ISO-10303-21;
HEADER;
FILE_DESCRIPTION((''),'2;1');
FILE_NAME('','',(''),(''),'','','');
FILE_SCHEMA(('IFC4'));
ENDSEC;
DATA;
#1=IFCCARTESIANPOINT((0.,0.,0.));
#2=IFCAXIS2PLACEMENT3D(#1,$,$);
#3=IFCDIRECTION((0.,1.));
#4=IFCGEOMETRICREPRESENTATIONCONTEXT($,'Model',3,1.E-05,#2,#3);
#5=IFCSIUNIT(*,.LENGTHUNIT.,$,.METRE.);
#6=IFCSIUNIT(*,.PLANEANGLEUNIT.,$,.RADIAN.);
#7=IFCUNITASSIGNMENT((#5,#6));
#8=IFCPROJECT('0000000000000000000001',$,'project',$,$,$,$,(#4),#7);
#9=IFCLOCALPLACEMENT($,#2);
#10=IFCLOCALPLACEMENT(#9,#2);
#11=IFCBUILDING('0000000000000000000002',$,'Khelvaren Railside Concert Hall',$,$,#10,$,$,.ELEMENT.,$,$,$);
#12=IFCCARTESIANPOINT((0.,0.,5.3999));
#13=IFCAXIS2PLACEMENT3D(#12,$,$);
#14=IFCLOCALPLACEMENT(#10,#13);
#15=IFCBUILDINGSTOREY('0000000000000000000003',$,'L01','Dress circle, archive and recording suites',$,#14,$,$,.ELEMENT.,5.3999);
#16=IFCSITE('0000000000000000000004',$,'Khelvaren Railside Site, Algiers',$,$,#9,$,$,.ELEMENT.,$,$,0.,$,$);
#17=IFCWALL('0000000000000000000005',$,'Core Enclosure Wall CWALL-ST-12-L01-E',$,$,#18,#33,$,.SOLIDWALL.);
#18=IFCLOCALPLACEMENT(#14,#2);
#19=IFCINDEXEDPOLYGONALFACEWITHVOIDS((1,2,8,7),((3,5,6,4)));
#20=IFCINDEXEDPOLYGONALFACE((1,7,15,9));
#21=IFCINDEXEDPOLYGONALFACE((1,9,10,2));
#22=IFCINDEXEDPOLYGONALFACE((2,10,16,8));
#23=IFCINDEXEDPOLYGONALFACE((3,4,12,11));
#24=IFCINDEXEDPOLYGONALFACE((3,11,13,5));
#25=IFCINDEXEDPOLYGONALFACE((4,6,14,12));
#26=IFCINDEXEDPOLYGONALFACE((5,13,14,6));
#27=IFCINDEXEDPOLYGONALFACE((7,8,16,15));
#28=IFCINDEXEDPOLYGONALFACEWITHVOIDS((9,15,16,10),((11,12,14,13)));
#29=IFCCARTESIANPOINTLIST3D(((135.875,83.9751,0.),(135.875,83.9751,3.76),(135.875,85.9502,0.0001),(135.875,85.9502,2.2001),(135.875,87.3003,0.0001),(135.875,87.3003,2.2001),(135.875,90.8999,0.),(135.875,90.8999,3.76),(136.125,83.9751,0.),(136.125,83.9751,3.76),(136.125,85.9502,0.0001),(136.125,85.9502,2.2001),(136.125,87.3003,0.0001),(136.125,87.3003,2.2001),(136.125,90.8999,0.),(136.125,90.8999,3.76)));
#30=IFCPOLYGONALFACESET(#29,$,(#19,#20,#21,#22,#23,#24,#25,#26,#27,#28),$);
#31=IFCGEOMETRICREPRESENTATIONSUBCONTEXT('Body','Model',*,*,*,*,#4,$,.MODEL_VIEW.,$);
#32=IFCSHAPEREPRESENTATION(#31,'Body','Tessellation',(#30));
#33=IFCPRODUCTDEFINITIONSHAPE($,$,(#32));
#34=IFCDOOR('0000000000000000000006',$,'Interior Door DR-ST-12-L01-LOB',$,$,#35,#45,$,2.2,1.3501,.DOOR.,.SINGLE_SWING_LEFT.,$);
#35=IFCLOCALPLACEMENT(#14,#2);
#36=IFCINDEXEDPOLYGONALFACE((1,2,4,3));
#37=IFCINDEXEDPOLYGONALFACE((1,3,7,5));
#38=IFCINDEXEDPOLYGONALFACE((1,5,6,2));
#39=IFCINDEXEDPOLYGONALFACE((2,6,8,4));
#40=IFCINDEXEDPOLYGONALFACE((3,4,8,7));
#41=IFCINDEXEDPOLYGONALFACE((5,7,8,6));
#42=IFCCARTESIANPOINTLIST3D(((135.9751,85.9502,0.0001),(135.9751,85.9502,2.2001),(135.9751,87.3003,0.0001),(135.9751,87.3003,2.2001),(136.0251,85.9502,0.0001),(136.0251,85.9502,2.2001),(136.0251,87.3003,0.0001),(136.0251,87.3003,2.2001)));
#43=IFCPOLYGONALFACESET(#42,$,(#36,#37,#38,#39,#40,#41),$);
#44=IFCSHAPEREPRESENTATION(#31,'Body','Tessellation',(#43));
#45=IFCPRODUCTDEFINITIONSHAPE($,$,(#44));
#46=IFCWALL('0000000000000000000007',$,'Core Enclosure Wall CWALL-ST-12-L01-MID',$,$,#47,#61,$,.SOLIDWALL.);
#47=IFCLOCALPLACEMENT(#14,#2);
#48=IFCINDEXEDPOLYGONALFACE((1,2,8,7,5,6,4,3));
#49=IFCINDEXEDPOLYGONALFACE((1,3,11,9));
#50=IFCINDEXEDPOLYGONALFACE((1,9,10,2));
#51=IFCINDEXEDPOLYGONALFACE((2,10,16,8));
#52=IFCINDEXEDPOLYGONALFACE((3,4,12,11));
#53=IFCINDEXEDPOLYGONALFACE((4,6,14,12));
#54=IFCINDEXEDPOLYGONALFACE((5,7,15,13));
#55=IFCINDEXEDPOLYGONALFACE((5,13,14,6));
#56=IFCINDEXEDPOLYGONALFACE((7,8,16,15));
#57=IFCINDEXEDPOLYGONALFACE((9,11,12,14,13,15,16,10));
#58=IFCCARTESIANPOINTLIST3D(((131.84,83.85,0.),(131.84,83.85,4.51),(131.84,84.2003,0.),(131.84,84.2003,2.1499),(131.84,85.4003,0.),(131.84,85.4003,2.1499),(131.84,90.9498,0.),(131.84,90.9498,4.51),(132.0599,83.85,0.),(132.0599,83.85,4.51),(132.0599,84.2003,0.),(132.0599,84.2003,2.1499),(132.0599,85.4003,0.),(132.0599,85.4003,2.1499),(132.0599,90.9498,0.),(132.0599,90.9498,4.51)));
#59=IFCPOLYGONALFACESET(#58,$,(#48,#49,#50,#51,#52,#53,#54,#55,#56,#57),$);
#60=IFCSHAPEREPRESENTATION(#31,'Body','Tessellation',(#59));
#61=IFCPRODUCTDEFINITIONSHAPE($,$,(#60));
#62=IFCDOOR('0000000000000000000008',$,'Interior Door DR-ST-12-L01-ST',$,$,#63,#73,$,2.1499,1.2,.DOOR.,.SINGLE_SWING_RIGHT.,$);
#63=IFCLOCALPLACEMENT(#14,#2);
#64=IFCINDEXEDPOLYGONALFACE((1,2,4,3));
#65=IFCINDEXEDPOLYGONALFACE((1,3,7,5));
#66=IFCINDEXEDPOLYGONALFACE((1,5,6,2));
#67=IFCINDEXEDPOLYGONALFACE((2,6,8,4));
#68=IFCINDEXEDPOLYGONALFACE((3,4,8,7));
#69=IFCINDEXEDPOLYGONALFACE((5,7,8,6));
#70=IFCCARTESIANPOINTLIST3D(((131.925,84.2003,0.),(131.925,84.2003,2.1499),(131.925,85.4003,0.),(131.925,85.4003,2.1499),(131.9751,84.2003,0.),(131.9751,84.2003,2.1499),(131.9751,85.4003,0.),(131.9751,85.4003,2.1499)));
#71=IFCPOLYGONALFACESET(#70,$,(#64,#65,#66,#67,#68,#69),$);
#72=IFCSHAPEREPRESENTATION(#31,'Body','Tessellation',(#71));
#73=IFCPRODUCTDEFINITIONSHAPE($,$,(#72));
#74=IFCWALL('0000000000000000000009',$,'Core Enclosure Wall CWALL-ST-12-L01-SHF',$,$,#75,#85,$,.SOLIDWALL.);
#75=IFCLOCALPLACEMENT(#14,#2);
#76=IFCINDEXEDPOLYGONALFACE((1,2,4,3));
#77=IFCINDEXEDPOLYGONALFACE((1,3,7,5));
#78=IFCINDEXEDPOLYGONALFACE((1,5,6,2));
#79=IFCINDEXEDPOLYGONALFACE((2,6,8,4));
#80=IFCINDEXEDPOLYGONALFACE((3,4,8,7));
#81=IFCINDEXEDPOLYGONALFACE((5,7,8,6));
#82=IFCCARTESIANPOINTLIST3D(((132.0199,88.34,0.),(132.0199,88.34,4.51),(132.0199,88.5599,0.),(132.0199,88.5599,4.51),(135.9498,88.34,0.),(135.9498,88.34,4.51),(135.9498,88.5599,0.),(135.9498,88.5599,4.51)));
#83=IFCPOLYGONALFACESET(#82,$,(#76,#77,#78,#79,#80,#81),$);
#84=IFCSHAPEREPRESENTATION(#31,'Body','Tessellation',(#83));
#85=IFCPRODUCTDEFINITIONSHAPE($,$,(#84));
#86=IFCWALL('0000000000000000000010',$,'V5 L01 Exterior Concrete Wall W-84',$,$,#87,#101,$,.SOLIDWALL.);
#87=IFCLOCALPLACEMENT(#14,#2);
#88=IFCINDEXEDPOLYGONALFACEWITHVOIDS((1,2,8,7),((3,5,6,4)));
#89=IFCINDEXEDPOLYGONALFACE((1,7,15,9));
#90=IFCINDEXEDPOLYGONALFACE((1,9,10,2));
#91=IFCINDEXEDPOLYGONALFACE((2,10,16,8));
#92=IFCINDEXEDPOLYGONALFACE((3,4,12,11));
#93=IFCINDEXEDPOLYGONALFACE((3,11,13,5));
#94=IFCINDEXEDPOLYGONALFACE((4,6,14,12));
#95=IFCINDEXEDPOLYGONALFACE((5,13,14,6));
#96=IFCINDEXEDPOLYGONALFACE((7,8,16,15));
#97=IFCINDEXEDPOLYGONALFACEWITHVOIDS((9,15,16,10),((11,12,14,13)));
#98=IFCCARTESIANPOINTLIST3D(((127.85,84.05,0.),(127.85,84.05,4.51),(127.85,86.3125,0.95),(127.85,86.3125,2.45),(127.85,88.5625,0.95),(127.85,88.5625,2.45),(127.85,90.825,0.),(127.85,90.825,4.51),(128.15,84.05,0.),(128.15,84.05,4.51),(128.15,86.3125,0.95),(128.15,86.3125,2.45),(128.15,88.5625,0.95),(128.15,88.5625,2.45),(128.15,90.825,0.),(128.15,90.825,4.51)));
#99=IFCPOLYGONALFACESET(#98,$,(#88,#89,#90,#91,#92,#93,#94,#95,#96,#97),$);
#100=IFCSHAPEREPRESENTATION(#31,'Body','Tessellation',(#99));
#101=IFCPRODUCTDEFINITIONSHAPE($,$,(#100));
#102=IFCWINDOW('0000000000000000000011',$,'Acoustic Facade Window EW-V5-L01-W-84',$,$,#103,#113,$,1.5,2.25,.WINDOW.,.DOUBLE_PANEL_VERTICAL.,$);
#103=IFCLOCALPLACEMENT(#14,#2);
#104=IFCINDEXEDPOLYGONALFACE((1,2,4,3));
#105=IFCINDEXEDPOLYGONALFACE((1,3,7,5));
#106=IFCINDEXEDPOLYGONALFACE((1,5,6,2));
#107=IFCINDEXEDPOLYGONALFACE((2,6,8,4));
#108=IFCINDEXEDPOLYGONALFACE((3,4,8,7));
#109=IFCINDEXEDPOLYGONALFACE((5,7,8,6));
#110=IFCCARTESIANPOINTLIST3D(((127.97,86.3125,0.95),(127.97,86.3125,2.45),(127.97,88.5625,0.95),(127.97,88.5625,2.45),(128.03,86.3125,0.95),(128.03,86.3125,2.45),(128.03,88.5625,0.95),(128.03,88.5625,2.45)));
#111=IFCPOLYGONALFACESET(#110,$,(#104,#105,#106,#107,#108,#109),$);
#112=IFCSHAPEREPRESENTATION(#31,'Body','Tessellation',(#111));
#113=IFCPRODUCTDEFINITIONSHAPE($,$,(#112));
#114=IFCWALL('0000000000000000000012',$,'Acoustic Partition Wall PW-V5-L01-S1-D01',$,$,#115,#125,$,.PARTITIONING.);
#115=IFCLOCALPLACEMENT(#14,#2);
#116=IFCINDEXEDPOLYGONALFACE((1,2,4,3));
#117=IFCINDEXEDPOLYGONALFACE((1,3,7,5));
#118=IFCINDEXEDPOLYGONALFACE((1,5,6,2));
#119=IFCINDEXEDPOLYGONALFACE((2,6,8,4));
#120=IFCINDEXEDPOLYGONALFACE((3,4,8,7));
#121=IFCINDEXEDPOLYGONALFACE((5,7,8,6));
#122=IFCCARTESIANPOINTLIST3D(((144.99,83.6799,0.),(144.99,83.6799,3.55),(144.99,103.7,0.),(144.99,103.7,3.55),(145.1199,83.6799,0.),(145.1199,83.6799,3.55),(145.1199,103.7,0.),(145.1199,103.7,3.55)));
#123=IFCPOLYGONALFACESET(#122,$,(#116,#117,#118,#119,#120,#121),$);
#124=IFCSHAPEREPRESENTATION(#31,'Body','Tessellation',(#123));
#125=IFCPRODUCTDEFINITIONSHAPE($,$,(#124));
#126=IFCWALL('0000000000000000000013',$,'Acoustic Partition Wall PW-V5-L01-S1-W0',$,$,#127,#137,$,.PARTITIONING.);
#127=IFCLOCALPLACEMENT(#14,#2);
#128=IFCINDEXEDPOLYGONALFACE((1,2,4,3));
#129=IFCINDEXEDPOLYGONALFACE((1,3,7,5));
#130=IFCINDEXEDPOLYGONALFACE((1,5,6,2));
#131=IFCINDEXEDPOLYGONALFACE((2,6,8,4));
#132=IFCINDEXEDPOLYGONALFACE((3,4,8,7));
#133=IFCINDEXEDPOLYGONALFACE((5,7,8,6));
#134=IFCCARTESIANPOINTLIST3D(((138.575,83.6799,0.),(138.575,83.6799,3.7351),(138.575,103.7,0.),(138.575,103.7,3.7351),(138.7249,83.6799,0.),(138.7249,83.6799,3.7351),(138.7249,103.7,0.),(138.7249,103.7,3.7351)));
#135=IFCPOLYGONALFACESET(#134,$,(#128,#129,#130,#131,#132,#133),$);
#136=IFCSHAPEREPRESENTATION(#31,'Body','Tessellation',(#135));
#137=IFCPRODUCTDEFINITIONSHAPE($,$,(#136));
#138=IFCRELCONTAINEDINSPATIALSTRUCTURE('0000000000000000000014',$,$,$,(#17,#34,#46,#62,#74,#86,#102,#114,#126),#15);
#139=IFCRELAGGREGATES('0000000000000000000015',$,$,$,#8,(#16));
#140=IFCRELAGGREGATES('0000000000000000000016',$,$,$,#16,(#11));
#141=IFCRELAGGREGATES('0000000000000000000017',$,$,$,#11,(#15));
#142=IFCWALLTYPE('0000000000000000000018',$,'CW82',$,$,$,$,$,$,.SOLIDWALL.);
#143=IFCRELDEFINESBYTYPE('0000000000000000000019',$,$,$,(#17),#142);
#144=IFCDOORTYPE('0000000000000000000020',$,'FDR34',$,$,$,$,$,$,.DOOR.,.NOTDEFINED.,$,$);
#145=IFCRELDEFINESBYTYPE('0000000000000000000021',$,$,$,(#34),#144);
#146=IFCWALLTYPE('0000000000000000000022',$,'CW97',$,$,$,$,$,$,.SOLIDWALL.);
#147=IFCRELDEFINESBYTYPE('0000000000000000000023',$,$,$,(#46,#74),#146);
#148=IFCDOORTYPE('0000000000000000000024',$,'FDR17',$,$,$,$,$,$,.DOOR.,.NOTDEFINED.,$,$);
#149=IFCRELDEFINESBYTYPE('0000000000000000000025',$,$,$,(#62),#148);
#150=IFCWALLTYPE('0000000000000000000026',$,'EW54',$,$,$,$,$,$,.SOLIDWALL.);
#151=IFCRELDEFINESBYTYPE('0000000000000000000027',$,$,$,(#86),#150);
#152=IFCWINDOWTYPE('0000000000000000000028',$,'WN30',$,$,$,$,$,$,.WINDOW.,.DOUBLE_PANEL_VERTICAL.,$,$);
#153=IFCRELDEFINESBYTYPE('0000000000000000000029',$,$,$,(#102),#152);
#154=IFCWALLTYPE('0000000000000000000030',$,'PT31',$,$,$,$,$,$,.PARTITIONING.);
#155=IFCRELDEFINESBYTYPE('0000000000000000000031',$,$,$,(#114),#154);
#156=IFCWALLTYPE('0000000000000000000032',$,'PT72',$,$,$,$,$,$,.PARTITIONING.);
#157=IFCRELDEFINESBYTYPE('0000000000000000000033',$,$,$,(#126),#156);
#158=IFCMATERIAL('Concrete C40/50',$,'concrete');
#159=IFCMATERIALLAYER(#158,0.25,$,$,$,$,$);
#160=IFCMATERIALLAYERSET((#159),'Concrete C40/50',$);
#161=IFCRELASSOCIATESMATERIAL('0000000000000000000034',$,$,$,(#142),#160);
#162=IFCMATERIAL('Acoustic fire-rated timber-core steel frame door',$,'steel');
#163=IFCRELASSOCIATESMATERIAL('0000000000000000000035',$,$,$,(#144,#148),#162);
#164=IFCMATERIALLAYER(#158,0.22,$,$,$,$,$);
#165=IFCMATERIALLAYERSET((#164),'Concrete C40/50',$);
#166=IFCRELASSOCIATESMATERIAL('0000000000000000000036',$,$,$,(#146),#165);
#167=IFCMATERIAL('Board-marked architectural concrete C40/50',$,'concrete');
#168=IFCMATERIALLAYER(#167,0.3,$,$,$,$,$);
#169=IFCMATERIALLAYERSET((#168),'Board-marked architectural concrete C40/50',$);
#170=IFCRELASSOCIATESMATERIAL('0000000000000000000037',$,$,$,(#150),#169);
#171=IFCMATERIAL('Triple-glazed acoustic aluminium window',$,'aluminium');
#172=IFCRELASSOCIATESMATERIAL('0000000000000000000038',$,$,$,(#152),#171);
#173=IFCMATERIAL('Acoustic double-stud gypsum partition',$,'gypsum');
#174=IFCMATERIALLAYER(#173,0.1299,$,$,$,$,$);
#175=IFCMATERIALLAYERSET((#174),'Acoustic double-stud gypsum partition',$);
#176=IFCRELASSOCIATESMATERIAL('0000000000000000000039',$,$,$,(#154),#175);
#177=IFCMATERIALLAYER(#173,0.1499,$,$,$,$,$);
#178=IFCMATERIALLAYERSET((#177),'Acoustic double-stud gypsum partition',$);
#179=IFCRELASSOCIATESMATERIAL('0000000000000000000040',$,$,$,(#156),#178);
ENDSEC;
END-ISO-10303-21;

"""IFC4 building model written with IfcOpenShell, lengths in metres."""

from ifc_helpers import new_model, si_unit, direction, frame, frame_2d, origin, place, context, subcontext, project, spatial, rectangle, extrude, material, layer, layer_set, type_object, element, fill, save


model = new_model("IFC4")

# Units and contexts
model_context = context("Model", 3, precision=1e-05, world=origin(), true_north=direction((0.0, 1.0)))
body_context = subcontext(model_context, "Body", "Model", "MODEL_VIEW")
ifc_project = project(units=[si_unit("LENGTHUNIT", "METRE"), si_unit("PLANEANGLEUNIT", "RADIAN")], contexts=[model_context])

# Site, building, storey
site_placement = place(None, origin())
site = spatial("IfcSite", under=ifc_project, at=site_placement, Name="Khelvaren Railside Site, Algiers", CompositionType="ELEMENT", RefElevation=0.0)
building_placement = place(site_placement, origin())
building = spatial("IfcBuilding", under=site, at=building_placement, Name="Khelvaren Railside Concert Hall", CompositionType="ELEMENT")
storey_placement = place(building_placement, frame((0.0, 0.0, 5.3999)))
storey = spatial("IfcBuildingStorey", under=building, at=storey_placement, Name="L01", Description="Dress circle, archive and recording suites", CompositionType="ELEMENT", Elevation=5.3999)

# Shared definitions
ifc_material_1 = material(Name="Concrete C40/50", Category="concrete")
ifc_layer_1 = layer(ifc_material_1, 0.25)
ifc_layer_set_1 = layer_set([ifc_layer_1], Name="Concrete C40/50")
wall_type_1 = type_object("IfcWallType", Name="CW82", PredefinedType="SOLIDWALL", material=ifc_layer_set_1)

# Walls, openings, doors
wall_1_placement = place(storey_placement, frame((136.0, 83.9751, 0.0), z_axis=(0.0, 0.0, 1.0), x_axis=(0.0, 1.0, 0.0)))
wall_1 = element("IfcWall", 1, at=wall_1_placement, inside=storey, type_object=wall_type_1, Name="Core Enclosure Wall CWALL-ST-12-L01-E", PredefinedType="SOLIDWALL", context=body_context, shape_type="SweptSolid", body=[
    extrude(rectangle(XDim=6.9248, YDim=0.25, at=frame_2d((3.4624, 0.0))), origin(), (0.0, 0.0, 1.0), 3.76),
])
opening_1_placement = place(wall_1_placement, frame((1.9751, 0.0, 0.0)))
opening_1 = element("IfcOpeningElement", 2, at=opening_1_placement, cuts=wall_1, PredefinedType="OPENING", context=body_context, shape_type="SweptSolid", body=[
    extrude(rectangle(XDim=1.3501, YDim=2.2, at=frame_2d((0.675, 1.1001))), frame((0.0, 0.135, 0.0), z_axis=(0.0, -1.0, 0.0), x_axis=(1.0, 0.0, 0.0)), (0.0, 0.0, 1.0), 0.27),
])
ifc_material_2 = material(Name="Acoustic fire-rated timber-core steel frame door", Category="steel")
door_type_1 = type_object("IfcDoorType", Name="FDR34", OperationType="NOTDEFINED", PredefinedType="DOOR", material=ifc_material_2)
door_1_placement = place(opening_1_placement, origin())
door_1 = element("IfcDoor", 3, at=door_1_placement, inside=storey, type_object=door_type_1, Name="Interior Door DR-ST-12-L01-LOB", OperationType="SINGLE_SWING_LEFT", OverallHeight=2.2, OverallWidth=1.3501, PredefinedType="DOOR", context=body_context, shape_type="SweptSolid", body=[
    extrude(rectangle(XDim=1.3501, YDim=2.2, at=frame_2d((0.675, 1.1001))), frame((0.0, 0.0249, 0.0), z_axis=(0.0, -1.0, 0.0), x_axis=(1.0, 0.0, 0.0)), (0.0, 0.0, 1.0), 0.05),
])
fill(opening_1, door_1)
ifc_layer_2 = layer(ifc_material_1, 0.22)
ifc_layer_set_2 = layer_set([ifc_layer_2], Name="Concrete C40/50")
wall_type_2 = type_object("IfcWallType", Name="CW97", PredefinedType="SOLIDWALL", material=ifc_layer_set_2)
wall_2_placement = place(storey_placement, frame((131.95, 83.8501, 0.0), z_axis=(0.0, 0.0, 1.0), x_axis=(0.0, 1.0, 0.0)))
wall_2 = element("IfcWall", 4, at=wall_2_placement, inside=storey, type_object=wall_type_2, Name="Core Enclosure Wall CWALL-ST-12-L01-MID", PredefinedType="SOLIDWALL", context=body_context, shape_type="SweptSolid", body=[
    extrude(rectangle(XDim=7.0999, YDim=0.22, at=frame_2d((3.5498, 0.0))), origin(), (0.0, 0.0, 1.0), 4.51),
])
opening_2_placement = place(wall_2_placement, frame((0.3501, 0.0, 0.0)))
opening_2 = element("IfcOpeningElement", 5, at=opening_2_placement, cuts=wall_2, PredefinedType="OPENING", context=body_context, shape_type="SweptSolid", body=[
    extrude(rectangle(XDim=1.2, YDim=2.1499, at=frame_2d((0.6001, 1.075))), frame((0.0, 0.1199, 0.0), z_axis=(0.0, -1.0, 0.0), x_axis=(1.0, 0.0, 0.0)), (0.0, 0.0, 1.0), 0.24),
])
door_type_2 = type_object("IfcDoorType", Name="FDR17", OperationType="NOTDEFINED", PredefinedType="DOOR", material=ifc_material_2)
door_2_placement = place(opening_2_placement, origin())
door_2 = element("IfcDoor", 6, at=door_2_placement, inside=storey, type_object=door_type_2, Name="Interior Door DR-ST-12-L01-ST", OperationType="SINGLE_SWING_RIGHT", OverallHeight=2.1499, OverallWidth=1.2, PredefinedType="DOOR", context=body_context, shape_type="SweptSolid", body=[
    extrude(rectangle(XDim=1.2, YDim=2.1499, at=frame_2d((0.6001, 1.075))), frame((0.0, 0.0249, 0.0), z_axis=(0.0, -1.0, 0.0), x_axis=(1.0, 0.0, 0.0)), (0.0, 0.0, 1.0), 0.05),
])
fill(opening_2, door_2)

# Wall
wall_3_placement = place(storey_placement, frame((132.02, 88.45, 0.0), z_axis=(0.0, 0.0, 1.0), x_axis=(1.0, 0.0, 0.0)))
element("IfcWall", 7, at=wall_3_placement, inside=storey, type_object=wall_type_2, Name="Core Enclosure Wall CWALL-ST-12-L01-SHF", PredefinedType="SOLIDWALL", context=body_context, shape_type="SweptSolid", body=[
    extrude(rectangle(XDim=3.9299, YDim=0.22, at=frame_2d((1.9648, 0.0))), origin(), (0.0, 0.0, 1.0), 4.51),
])

# Wall, opening, window
ifc_material_3 = material(Name="Board-marked architectural concrete C40/50", Category="concrete")
ifc_layer_3 = layer(ifc_material_3, 0.3)
ifc_layer_set_3 = layer_set([ifc_layer_3], Name="Board-marked architectural concrete C40/50")
wall_type_3 = type_object("IfcWallType", Name="EW54", PredefinedType="SOLIDWALL", material=ifc_layer_set_3)
wall_4_placement = place(storey_placement, frame((128.0, 84.05, 0.0), z_axis=(0.0, 0.0, 1.0), x_axis=(0.0, 1.0, 0.0)))
wall_4 = element("IfcWall", 8, at=wall_4_placement, inside=storey, type_object=wall_type_3, Name="V5 L01 Exterior Concrete Wall W-84", PredefinedType="SOLIDWALL", context=body_context, shape_type="SweptSolid", body=[
    extrude(rectangle(XDim=6.7749, YDim=0.3, at=frame_2d((3.3875, 0.0))), origin(), (0.0, 0.0, 1.0), 4.51),
])
opening_3_placement = place(wall_4_placement, frame((2.2625, 0.0, 0.95)))
opening_3 = element("IfcOpeningElement", 9, at=opening_3_placement, cuts=wall_4, PredefinedType="OPENING", context=body_context, shape_type="SweptSolid", body=[
    extrude(rectangle(XDim=2.25, YDim=1.5, at=frame_2d((1.125, 0.75))), frame((0.0, 0.1599, 0.0), z_axis=(0.0, -1.0, 0.0), x_axis=(1.0, 0.0, 0.0)), (0.0, 0.0, 1.0), 0.3201),
])
ifc_material_4 = material(Name="Triple-glazed acoustic aluminium window", Category="aluminium")
window_type = type_object("IfcWindowType", Name="WN30", PartitioningType="DOUBLE_PANEL_VERTICAL", PredefinedType="WINDOW", material=ifc_material_4)
window_placement = place(opening_3_placement, origin())
window = element("IfcWindow", 10, at=window_placement, inside=storey, type_object=window_type, Name="Acoustic Facade Window EW-V5-L01-W-84", OverallHeight=1.5, OverallWidth=2.25, PartitioningType="DOUBLE_PANEL_VERTICAL", PredefinedType="WINDOW", context=body_context, shape_type="SweptSolid", body=[
    extrude(rectangle(XDim=2.25, YDim=1.5, at=frame_2d((1.125, 0.75))), frame((0.0, 0.03, 0.0), z_axis=(0.0, -1.0, 0.0), x_axis=(1.0, 0.0, 0.0)), (0.0, 0.0, 1.0), 0.0601),
])
fill(opening_3, window)

# Walls
ifc_material_5 = material(Name="Acoustic double-stud gypsum partition", Category="gypsum")
ifc_layer_4 = layer(ifc_material_5, 0.1299)
ifc_layer_set_4 = layer_set([ifc_layer_4], Name="Acoustic double-stud gypsum partition")
wall_type_4 = type_object("IfcWallType", Name="PT31", PredefinedType="PARTITIONING", material=ifc_layer_set_4)
wall_5_placement = place(storey_placement, frame((145.0549, 83.6799, 0.0), z_axis=(0.0, 0.0, 1.0), x_axis=(0.0, 1.0, 0.0)))
element("IfcWall", 11, at=wall_5_placement, inside=storey, type_object=wall_type_4, Name="Acoustic Partition Wall PW-V5-L01-S1-D01", PredefinedType="PARTITIONING", context=body_context, shape_type="SweptSolid", body=[
    extrude(rectangle(XDim=20.02, YDim=0.1299, at=frame_2d((10.01, 0.0))), origin(), (0.0, 0.0, 1.0), 3.55),
])
ifc_layer_5 = layer(ifc_material_5, 0.1499)
ifc_layer_set_5 = layer_set([ifc_layer_5], Name="Acoustic double-stud gypsum partition")
wall_type_5 = type_object("IfcWallType", Name="PT72", PredefinedType="PARTITIONING", material=ifc_layer_set_5)
wall_6_placement = place(storey_placement, frame((138.6499, 83.6799, 0.0), z_axis=(0.0, 0.0, 1.0), x_axis=(0.0, 1.0, 0.0)))
element("IfcWall", 12, at=wall_6_placement, inside=storey, type_object=wall_type_5, Name="Acoustic Partition Wall PW-V5-L01-S1-W0", PredefinedType="PARTITIONING", context=body_context, shape_type="SweptSolid", body=[
    extrude(rectangle(XDim=20.02, YDim=0.1499, at=frame_2d((10.01, 0.0))), origin(), (0.0, 0.0, 1.0), 3.7351),
])

save(model, "model.ifc")
